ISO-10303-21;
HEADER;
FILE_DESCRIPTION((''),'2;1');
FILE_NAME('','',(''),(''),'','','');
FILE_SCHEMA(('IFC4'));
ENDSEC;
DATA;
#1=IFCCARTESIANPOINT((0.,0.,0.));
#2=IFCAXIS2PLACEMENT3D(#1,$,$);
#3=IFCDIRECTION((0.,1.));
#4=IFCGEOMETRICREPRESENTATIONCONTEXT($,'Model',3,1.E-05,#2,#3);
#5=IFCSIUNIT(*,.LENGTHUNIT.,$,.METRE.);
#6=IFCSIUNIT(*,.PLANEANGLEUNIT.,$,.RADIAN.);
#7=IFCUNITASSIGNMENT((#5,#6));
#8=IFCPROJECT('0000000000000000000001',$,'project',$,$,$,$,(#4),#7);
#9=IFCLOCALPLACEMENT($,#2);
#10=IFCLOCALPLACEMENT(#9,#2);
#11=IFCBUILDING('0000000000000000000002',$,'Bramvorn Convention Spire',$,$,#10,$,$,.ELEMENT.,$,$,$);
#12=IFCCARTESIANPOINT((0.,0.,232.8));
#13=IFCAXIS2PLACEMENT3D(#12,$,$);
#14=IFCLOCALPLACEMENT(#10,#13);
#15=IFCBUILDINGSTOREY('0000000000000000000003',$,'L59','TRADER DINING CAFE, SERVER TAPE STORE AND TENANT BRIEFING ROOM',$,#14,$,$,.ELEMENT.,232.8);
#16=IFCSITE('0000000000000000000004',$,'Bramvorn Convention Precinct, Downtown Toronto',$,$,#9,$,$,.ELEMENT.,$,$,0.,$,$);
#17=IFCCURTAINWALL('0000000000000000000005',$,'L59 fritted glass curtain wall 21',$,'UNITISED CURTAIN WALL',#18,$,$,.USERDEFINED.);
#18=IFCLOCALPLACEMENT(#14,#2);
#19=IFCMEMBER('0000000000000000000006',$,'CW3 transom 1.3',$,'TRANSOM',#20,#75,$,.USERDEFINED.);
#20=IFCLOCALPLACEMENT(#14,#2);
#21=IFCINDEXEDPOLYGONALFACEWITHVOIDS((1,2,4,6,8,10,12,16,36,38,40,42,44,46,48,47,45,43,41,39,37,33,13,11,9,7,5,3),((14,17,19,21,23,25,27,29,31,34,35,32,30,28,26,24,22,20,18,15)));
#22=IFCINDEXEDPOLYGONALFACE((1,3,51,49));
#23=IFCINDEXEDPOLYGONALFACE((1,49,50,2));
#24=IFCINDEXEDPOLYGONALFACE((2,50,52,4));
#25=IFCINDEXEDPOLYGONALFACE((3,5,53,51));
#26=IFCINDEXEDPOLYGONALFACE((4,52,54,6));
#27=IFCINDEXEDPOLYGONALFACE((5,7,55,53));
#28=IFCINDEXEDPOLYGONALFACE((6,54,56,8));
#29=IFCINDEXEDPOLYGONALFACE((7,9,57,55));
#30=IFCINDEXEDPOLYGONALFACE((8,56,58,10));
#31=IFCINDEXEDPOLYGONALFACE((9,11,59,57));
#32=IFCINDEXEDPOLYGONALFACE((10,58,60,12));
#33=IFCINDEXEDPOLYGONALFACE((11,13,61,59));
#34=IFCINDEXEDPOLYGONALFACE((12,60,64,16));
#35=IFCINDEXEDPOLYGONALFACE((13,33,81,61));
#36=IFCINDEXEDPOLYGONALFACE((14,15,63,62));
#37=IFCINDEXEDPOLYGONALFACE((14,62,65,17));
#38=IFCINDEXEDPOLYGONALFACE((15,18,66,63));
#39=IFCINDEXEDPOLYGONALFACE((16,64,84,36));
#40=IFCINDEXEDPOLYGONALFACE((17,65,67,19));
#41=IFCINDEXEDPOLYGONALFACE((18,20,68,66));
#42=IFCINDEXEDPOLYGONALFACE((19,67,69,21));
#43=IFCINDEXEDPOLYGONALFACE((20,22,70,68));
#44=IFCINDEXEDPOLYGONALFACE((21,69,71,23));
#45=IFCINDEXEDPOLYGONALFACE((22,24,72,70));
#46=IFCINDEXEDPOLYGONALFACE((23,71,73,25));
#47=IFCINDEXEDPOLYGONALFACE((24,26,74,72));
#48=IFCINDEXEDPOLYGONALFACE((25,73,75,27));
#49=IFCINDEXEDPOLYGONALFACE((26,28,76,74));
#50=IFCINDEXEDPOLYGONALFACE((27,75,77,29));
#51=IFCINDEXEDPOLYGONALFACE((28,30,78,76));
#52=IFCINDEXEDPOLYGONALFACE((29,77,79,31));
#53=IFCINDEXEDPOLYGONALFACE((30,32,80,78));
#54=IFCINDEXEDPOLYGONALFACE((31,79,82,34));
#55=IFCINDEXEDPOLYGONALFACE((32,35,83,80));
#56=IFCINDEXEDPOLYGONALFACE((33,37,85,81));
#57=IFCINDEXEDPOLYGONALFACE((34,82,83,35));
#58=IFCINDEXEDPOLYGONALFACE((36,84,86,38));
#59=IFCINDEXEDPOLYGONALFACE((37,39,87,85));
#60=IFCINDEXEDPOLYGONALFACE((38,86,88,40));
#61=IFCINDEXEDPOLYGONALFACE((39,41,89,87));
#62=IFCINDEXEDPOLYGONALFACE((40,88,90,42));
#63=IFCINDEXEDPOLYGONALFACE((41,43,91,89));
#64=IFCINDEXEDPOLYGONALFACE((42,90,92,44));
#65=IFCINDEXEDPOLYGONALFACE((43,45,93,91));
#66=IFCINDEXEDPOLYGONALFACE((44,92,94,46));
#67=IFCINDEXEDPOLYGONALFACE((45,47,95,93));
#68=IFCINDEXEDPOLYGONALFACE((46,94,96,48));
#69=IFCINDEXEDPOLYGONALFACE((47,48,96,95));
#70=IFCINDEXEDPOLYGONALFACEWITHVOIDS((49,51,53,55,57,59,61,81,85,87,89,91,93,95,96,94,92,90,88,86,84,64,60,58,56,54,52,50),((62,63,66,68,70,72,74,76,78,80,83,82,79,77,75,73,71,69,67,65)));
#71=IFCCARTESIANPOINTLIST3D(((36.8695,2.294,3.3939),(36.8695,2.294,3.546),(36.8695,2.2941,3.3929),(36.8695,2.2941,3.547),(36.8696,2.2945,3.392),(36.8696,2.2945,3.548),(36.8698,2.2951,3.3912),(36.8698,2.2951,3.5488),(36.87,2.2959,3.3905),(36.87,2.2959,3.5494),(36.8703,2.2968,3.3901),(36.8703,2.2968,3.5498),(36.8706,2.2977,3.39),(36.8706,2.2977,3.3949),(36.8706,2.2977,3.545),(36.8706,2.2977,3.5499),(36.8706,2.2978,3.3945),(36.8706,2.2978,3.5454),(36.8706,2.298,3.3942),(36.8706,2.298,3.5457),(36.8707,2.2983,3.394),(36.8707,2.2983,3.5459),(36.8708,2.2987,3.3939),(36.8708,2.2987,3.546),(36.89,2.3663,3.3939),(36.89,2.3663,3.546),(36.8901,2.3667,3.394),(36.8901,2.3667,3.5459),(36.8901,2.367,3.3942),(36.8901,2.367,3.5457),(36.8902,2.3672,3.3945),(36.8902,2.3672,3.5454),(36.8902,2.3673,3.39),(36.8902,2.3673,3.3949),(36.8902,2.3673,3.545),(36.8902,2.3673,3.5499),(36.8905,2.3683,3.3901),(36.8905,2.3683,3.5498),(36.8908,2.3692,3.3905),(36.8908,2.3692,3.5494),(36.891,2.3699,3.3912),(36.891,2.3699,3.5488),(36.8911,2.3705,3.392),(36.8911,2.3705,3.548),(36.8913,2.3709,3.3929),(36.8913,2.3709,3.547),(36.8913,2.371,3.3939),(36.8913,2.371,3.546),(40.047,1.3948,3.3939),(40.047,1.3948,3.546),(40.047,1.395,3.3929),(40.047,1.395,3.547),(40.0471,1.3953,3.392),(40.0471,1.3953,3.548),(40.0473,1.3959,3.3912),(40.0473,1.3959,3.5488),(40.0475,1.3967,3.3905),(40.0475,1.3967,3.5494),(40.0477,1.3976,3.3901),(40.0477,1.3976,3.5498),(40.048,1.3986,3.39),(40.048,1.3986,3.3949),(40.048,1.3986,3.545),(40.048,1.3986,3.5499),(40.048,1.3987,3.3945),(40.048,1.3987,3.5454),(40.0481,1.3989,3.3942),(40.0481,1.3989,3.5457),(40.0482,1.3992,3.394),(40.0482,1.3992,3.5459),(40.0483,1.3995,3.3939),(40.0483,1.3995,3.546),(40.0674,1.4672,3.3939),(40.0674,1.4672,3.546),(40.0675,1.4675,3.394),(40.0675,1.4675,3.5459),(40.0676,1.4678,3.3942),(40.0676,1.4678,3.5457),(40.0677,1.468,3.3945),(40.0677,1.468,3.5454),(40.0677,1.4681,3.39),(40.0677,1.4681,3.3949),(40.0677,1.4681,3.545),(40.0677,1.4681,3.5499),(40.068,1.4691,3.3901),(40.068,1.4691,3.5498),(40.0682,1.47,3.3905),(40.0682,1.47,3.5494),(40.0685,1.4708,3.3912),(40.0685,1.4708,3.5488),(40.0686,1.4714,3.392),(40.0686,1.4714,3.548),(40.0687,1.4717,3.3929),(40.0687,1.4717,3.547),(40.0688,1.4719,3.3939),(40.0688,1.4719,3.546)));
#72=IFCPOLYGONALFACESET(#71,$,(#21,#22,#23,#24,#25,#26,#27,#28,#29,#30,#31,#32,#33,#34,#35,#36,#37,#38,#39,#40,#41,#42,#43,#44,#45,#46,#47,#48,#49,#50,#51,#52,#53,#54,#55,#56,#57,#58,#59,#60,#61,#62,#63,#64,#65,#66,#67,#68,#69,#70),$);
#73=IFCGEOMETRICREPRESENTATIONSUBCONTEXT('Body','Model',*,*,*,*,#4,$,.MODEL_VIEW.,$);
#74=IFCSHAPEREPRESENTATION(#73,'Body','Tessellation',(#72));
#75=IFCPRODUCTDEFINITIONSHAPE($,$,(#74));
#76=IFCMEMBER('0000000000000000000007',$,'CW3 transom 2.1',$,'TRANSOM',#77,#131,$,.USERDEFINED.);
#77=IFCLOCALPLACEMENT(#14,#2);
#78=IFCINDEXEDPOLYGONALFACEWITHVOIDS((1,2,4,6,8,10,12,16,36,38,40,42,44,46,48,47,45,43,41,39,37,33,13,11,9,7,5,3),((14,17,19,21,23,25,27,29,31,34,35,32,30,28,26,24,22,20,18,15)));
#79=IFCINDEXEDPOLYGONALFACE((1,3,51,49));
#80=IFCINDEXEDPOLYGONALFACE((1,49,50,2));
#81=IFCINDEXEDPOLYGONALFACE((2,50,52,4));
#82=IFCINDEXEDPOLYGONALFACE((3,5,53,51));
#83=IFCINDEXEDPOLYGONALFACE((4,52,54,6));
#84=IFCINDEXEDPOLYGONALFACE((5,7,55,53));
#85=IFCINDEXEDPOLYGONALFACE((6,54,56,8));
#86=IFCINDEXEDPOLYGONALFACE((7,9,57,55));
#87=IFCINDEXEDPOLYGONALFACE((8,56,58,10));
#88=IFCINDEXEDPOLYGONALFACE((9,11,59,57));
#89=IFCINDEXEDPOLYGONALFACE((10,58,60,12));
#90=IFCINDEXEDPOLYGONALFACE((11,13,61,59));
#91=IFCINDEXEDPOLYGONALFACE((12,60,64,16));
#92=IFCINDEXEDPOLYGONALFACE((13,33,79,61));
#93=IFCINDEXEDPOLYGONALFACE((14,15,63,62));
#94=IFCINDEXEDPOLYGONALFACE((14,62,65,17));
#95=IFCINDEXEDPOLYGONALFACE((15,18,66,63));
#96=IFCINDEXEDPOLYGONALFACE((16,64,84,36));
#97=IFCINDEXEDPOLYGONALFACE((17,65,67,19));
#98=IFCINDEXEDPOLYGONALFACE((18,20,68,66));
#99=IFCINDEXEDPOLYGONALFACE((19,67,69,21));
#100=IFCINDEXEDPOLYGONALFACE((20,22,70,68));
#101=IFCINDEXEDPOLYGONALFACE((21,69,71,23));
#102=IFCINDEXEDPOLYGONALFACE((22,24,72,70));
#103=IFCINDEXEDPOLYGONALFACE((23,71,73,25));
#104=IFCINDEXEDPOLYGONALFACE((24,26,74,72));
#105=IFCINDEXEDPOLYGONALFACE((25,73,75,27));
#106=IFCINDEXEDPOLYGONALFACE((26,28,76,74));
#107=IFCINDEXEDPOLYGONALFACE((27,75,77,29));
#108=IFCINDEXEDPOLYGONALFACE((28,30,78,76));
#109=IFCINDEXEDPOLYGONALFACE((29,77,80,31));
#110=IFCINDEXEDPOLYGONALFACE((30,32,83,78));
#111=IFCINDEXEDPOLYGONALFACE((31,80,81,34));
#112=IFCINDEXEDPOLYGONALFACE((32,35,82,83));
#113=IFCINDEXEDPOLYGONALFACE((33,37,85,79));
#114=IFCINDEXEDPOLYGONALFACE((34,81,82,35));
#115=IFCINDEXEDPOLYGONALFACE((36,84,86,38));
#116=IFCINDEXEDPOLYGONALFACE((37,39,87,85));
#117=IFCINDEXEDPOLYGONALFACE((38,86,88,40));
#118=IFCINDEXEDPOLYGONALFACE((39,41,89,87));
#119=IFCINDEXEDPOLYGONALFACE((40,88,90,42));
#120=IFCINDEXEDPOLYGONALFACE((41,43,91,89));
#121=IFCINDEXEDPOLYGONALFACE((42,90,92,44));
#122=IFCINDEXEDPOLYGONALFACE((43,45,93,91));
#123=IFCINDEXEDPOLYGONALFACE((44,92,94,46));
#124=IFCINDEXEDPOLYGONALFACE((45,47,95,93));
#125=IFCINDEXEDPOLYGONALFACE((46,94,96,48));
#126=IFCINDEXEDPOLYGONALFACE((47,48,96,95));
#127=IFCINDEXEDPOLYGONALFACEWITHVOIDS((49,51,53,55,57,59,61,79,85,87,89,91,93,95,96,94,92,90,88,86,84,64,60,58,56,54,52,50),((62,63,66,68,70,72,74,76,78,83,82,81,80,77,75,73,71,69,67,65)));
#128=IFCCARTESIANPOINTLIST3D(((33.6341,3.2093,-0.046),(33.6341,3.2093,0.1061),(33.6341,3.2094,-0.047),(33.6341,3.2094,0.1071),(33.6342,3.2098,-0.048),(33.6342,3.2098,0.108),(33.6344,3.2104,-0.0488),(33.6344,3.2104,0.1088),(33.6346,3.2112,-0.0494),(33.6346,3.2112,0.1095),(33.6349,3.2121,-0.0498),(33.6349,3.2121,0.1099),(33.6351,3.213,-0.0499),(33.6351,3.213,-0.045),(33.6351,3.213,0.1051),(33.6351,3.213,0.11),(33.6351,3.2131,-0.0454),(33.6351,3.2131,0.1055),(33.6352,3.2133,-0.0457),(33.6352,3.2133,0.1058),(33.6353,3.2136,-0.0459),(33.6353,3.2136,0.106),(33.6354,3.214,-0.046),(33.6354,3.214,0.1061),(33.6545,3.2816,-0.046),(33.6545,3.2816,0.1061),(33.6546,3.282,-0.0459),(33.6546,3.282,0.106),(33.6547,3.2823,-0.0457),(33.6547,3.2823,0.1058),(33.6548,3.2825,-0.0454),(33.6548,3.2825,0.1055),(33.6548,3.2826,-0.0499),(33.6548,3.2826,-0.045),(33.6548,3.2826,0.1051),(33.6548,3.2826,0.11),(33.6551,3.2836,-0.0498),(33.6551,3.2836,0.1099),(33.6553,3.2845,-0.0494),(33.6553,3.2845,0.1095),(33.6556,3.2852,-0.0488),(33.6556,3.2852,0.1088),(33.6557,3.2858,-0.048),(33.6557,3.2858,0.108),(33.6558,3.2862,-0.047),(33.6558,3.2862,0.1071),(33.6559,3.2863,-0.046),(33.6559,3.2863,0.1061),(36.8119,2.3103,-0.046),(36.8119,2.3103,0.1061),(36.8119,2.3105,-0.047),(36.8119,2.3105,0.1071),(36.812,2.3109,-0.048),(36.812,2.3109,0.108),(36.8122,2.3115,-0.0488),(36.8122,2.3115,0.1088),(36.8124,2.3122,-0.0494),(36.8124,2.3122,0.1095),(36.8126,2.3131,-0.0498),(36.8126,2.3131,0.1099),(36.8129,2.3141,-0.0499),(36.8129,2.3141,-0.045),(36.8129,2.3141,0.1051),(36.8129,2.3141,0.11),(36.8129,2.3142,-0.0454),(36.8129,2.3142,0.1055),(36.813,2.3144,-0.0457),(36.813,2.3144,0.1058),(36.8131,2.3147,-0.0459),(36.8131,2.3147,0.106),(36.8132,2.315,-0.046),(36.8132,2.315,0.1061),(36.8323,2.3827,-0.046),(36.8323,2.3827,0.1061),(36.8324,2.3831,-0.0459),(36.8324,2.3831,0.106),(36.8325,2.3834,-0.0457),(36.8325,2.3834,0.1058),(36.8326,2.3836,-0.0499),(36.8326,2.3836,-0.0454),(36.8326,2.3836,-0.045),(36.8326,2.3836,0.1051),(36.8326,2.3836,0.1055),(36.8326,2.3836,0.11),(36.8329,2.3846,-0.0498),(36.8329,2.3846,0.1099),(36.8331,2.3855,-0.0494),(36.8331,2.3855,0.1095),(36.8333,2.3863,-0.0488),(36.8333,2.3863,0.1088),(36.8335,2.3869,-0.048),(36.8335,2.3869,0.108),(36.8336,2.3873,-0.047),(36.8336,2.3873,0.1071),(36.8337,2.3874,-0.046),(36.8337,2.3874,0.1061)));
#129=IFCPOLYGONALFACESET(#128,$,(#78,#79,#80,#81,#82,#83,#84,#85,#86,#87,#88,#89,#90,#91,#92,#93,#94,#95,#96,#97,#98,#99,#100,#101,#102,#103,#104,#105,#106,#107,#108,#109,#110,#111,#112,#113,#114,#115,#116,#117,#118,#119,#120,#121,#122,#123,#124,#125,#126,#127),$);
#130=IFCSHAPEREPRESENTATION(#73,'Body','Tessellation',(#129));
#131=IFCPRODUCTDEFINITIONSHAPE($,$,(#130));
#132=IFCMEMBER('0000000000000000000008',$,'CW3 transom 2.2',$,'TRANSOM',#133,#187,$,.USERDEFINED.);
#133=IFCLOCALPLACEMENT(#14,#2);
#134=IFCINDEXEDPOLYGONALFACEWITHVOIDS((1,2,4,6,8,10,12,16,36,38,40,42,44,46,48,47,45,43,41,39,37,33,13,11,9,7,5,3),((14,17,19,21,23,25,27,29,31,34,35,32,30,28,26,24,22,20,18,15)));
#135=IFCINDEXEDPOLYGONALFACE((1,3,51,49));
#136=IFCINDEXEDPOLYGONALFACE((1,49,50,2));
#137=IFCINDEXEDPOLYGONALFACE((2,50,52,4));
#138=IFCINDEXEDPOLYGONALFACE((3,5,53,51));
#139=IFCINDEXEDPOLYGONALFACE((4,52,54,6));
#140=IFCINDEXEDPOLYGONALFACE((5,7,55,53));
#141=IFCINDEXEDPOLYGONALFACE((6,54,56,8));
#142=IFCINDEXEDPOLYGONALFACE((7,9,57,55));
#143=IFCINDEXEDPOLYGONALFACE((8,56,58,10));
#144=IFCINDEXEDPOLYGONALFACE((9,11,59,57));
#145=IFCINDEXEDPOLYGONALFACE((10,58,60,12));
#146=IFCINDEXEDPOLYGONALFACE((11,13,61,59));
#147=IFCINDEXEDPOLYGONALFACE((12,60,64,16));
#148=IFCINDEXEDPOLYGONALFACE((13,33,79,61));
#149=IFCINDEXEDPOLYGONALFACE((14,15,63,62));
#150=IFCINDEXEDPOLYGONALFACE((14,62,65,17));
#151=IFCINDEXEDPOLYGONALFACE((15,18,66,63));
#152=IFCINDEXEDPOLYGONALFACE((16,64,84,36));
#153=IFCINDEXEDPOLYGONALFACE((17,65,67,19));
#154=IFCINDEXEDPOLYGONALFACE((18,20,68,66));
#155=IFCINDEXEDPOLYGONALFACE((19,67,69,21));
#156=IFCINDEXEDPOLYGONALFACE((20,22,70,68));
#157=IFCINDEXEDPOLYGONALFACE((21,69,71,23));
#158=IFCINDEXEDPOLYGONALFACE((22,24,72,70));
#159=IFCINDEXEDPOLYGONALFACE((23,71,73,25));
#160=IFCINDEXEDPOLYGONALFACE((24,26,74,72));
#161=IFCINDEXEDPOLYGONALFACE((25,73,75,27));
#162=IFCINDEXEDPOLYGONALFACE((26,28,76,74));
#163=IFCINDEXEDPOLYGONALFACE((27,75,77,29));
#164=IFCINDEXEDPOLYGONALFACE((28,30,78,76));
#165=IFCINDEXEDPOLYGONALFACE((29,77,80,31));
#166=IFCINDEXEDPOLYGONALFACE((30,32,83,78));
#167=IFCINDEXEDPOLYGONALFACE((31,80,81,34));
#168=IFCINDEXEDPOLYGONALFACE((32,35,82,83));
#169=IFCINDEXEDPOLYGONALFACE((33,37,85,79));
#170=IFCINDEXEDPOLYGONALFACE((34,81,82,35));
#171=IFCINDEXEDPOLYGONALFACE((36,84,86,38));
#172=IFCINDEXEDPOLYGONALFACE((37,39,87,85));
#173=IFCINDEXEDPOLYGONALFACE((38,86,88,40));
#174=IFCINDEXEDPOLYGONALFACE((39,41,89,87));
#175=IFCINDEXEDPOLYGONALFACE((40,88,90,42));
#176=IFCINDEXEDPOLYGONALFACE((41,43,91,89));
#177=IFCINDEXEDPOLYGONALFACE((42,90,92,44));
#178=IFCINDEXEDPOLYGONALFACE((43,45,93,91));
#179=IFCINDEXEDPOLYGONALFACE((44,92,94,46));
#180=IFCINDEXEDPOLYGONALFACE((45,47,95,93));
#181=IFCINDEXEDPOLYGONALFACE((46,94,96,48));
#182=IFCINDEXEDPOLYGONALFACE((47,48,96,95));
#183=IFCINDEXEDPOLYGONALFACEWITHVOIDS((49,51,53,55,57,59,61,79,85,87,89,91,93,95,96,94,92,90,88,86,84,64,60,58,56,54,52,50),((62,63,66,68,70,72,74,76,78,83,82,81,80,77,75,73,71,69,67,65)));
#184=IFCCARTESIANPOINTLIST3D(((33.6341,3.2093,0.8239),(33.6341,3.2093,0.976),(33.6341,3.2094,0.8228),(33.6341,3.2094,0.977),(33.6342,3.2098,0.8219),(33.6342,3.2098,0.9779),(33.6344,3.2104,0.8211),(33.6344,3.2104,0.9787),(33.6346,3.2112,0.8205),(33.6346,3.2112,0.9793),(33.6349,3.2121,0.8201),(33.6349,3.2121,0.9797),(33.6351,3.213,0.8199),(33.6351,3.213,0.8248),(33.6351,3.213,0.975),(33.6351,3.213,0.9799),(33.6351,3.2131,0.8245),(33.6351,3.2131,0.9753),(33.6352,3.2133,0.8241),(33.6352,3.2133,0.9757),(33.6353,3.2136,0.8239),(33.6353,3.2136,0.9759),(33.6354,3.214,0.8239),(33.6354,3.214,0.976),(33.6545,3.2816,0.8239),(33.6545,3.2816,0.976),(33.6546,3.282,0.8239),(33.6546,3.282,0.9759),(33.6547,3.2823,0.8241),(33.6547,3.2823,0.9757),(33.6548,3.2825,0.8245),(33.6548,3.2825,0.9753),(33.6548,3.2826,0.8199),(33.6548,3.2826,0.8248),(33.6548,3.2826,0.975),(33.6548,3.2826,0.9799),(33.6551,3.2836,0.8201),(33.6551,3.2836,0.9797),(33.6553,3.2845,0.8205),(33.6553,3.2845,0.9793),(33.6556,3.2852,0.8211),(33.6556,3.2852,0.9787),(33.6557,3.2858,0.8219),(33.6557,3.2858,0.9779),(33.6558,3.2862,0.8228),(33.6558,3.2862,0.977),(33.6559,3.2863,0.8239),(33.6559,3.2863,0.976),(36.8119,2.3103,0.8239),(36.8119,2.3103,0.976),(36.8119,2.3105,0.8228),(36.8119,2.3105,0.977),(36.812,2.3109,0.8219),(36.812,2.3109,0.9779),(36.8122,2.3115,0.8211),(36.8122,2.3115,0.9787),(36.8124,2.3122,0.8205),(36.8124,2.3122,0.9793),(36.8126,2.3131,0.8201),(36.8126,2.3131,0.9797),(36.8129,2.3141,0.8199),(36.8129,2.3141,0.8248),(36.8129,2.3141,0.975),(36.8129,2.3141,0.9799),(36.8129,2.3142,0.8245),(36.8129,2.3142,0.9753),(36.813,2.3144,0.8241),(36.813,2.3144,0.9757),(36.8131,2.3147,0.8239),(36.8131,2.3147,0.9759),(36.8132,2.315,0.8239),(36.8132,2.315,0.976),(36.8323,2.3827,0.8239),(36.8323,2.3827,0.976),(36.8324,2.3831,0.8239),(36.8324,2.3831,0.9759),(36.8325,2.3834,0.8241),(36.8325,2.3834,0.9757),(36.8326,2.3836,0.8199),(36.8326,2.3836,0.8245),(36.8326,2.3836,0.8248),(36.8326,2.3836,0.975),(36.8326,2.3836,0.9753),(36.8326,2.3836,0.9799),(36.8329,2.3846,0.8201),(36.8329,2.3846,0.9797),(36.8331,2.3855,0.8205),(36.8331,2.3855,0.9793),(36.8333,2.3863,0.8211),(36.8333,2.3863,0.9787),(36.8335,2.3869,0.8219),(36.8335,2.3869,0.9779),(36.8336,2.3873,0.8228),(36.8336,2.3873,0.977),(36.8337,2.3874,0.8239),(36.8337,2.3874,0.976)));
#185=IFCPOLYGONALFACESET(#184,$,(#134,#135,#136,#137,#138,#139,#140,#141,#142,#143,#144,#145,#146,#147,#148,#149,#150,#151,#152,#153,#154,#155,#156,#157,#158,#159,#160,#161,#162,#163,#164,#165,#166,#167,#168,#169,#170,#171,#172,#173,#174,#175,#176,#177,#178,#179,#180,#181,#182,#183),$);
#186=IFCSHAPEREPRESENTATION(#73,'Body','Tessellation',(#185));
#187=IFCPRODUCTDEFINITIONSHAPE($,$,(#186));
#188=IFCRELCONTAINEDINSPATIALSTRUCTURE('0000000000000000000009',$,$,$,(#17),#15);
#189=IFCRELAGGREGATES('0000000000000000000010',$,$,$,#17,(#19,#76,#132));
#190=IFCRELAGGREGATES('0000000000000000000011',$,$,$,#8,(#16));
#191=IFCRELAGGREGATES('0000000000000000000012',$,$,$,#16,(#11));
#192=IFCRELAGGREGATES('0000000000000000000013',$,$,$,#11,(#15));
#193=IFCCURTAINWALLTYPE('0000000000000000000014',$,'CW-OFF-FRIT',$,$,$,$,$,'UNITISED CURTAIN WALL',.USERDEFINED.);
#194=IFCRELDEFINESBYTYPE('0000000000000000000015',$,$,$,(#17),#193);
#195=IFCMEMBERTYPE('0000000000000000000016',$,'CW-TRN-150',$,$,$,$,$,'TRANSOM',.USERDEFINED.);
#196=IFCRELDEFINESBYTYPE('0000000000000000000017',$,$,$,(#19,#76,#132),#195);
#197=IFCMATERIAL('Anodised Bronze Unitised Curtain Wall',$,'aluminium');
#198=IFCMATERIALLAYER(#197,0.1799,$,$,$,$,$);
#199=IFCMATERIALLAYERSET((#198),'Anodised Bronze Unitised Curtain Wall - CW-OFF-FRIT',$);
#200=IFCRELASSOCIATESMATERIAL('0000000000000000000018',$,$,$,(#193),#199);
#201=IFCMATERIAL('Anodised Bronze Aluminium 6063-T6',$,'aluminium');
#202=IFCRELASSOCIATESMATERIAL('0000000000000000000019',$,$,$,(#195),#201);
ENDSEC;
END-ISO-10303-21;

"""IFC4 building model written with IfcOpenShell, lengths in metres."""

from ifc_helpers import new_model, si_unit, direction, frame, origin, origin_2d, place, context, subcontext, project, spatial, hollow_rectangle, extrude, material, layer, layer_set, material_profile, profile_set, type_object, element, aggregate, save


model = new_model("IFC4")

# Units and contexts
model_context = context("Model", 3, precision=1e-05, world=origin(), true_north=direction((0.0, 1.0)))
body_context = subcontext(model_context, "Body", "Model", "MODEL_VIEW")
ifc_project = project(units=[si_unit("LENGTHUNIT", "METRE"), si_unit("PLANEANGLEUNIT", "RADIAN")], contexts=[model_context])

# Site, building, storey
site_placement = place(None, origin())
site = spatial("IfcSite", under=ifc_project, at=site_placement, Name="Bramvorn Convention Precinct, Downtown Toronto", CompositionType="ELEMENT", RefElevation=0.0)
building_placement = place(site_placement, origin())
building = spatial("IfcBuilding", under=site, at=building_placement, Name="Bramvorn Convention Spire", CompositionType="ELEMENT")
storey_placement = place(building_placement, frame((0.0, 0.0, 232.8)))
storey = spatial("IfcBuildingStorey", under=building, at=storey_placement, Name="L59", Description="TRADER DINING CAFE, SERVER TAPE STORE AND TENANT BRIEFING ROOM", CompositionType="ELEMENT", Elevation=232.8)

# Curtain wall
ifc_material_1 = material(Name="Anodised Bronze Unitised Curtain Wall", Category="aluminium")
ifc_layer_1 = layer(ifc_material_1, 0.1799)
ifc_layer_set_1 = layer_set([ifc_layer_1], Name="Anodised Bronze Unitised Curtain Wall - CW-OFF-FRIT")
curtain_wall_type = type_object("IfcCurtainWallType", Name="CW-OFF-FRIT", ElementType="UNITISED CURTAIN WALL", PredefinedType="USERDEFINED", material=ifc_layer_set_1)
curtain_wall_1_placement = place(storey_placement, origin())
curtain_wall_1 = element("IfcCurtainWall", 1, at=curtain_wall_1_placement, inside=storey, type_object=curtain_wall_type, Name="L59 fritted glass curtain wall 21", ObjectType="UNITISED CURTAIN WALL", PredefinedType="USERDEFINED")
ifc_material_2 = material(Name="Anodised Bronze Aluminium 6063-T6", Category="aluminium")

# Members
ifc_material_profile_1 = material_profile(ifc_material_2, hollow_rectangle(XDim=0.0801, YDim=0.1599, WallThickness=0.0039, InnerFilletRadius=0.001, OuterFilletRadius=0.0039, at=origin_2d()))
ifc_profile_set_1 = profile_set([ifc_material_profile_1], Name="Anodised Bronze Aluminium 6063-T6 - CWT80X160")
member_type_1 = type_object("IfcMemberType", Name="CW-TRN-150", ElementType="TRANSOM", PredefinedType="USERDEFINED", material=ifc_profile_set_1)
member_1_placement = place(storey_placement, frame((40.0579, 1.4333, 3.47), z_axis=(-0.962216, 0.272289, 0.0), x_axis=(-0.272289, -0.962216, 0.0)))
member_1 = element("IfcMember", 2, at=member_1_placement, type_object=member_type_1, Name="CW3 transom 1.3", ObjectType="TRANSOM", PredefinedType="USERDEFINED", context=body_context, shape_type="SweptSolid", body=[
    extrude(hollow_rectangle(XDim=0.0801, YDim=0.1599, WallThickness=0.0039, InnerFilletRadius=0.001, OuterFilletRadius=0.0039, at=origin_2d()), origin(), (0.0, 0.0, 1.0), 3.3022),
])
member_2_placement = place(storey_placement, frame((36.8228, 2.3489, 0.03), z_axis=(-0.96224, 0.272201, 0.0), x_axis=(-0.272201, -0.96224, 0.0)))
member_2 = element("IfcMember", 3, at=member_2_placement, type_object=member_type_1, Name="CW3 transom 2.1", ObjectType="TRANSOM", PredefinedType="USERDEFINED", context=body_context, shape_type="SweptSolid", body=[
    extrude(hollow_rectangle(XDim=0.0801, YDim=0.1599, WallThickness=0.0039, InnerFilletRadius=0.001, OuterFilletRadius=0.0039, at=origin_2d()), origin(), (0.0, 0.0, 1.0), 3.3025),
])
member_3_placement = place(storey_placement, frame((36.8228, 2.3489, 0.8999), z_axis=(-0.96224, 0.272201, 0.0), x_axis=(-0.272201, -0.96224, 0.0)))
member_3 = element("IfcMember", 4, at=member_3_placement, type_object=member_type_1, Name="CW3 transom 2.2", ObjectType="TRANSOM", PredefinedType="USERDEFINED", context=body_context, shape_type="SweptSolid", body=[
    extrude(hollow_rectangle(XDim=0.0801, YDim=0.1599, WallThickness=0.0039, InnerFilletRadius=0.001, OuterFilletRadius=0.0039, at=origin_2d()), origin(), (0.0, 0.0, 1.0), 3.3025),
])

aggregate(curtain_wall_1, [member_1, member_2, member_3])

save(model, "model.ifc")
